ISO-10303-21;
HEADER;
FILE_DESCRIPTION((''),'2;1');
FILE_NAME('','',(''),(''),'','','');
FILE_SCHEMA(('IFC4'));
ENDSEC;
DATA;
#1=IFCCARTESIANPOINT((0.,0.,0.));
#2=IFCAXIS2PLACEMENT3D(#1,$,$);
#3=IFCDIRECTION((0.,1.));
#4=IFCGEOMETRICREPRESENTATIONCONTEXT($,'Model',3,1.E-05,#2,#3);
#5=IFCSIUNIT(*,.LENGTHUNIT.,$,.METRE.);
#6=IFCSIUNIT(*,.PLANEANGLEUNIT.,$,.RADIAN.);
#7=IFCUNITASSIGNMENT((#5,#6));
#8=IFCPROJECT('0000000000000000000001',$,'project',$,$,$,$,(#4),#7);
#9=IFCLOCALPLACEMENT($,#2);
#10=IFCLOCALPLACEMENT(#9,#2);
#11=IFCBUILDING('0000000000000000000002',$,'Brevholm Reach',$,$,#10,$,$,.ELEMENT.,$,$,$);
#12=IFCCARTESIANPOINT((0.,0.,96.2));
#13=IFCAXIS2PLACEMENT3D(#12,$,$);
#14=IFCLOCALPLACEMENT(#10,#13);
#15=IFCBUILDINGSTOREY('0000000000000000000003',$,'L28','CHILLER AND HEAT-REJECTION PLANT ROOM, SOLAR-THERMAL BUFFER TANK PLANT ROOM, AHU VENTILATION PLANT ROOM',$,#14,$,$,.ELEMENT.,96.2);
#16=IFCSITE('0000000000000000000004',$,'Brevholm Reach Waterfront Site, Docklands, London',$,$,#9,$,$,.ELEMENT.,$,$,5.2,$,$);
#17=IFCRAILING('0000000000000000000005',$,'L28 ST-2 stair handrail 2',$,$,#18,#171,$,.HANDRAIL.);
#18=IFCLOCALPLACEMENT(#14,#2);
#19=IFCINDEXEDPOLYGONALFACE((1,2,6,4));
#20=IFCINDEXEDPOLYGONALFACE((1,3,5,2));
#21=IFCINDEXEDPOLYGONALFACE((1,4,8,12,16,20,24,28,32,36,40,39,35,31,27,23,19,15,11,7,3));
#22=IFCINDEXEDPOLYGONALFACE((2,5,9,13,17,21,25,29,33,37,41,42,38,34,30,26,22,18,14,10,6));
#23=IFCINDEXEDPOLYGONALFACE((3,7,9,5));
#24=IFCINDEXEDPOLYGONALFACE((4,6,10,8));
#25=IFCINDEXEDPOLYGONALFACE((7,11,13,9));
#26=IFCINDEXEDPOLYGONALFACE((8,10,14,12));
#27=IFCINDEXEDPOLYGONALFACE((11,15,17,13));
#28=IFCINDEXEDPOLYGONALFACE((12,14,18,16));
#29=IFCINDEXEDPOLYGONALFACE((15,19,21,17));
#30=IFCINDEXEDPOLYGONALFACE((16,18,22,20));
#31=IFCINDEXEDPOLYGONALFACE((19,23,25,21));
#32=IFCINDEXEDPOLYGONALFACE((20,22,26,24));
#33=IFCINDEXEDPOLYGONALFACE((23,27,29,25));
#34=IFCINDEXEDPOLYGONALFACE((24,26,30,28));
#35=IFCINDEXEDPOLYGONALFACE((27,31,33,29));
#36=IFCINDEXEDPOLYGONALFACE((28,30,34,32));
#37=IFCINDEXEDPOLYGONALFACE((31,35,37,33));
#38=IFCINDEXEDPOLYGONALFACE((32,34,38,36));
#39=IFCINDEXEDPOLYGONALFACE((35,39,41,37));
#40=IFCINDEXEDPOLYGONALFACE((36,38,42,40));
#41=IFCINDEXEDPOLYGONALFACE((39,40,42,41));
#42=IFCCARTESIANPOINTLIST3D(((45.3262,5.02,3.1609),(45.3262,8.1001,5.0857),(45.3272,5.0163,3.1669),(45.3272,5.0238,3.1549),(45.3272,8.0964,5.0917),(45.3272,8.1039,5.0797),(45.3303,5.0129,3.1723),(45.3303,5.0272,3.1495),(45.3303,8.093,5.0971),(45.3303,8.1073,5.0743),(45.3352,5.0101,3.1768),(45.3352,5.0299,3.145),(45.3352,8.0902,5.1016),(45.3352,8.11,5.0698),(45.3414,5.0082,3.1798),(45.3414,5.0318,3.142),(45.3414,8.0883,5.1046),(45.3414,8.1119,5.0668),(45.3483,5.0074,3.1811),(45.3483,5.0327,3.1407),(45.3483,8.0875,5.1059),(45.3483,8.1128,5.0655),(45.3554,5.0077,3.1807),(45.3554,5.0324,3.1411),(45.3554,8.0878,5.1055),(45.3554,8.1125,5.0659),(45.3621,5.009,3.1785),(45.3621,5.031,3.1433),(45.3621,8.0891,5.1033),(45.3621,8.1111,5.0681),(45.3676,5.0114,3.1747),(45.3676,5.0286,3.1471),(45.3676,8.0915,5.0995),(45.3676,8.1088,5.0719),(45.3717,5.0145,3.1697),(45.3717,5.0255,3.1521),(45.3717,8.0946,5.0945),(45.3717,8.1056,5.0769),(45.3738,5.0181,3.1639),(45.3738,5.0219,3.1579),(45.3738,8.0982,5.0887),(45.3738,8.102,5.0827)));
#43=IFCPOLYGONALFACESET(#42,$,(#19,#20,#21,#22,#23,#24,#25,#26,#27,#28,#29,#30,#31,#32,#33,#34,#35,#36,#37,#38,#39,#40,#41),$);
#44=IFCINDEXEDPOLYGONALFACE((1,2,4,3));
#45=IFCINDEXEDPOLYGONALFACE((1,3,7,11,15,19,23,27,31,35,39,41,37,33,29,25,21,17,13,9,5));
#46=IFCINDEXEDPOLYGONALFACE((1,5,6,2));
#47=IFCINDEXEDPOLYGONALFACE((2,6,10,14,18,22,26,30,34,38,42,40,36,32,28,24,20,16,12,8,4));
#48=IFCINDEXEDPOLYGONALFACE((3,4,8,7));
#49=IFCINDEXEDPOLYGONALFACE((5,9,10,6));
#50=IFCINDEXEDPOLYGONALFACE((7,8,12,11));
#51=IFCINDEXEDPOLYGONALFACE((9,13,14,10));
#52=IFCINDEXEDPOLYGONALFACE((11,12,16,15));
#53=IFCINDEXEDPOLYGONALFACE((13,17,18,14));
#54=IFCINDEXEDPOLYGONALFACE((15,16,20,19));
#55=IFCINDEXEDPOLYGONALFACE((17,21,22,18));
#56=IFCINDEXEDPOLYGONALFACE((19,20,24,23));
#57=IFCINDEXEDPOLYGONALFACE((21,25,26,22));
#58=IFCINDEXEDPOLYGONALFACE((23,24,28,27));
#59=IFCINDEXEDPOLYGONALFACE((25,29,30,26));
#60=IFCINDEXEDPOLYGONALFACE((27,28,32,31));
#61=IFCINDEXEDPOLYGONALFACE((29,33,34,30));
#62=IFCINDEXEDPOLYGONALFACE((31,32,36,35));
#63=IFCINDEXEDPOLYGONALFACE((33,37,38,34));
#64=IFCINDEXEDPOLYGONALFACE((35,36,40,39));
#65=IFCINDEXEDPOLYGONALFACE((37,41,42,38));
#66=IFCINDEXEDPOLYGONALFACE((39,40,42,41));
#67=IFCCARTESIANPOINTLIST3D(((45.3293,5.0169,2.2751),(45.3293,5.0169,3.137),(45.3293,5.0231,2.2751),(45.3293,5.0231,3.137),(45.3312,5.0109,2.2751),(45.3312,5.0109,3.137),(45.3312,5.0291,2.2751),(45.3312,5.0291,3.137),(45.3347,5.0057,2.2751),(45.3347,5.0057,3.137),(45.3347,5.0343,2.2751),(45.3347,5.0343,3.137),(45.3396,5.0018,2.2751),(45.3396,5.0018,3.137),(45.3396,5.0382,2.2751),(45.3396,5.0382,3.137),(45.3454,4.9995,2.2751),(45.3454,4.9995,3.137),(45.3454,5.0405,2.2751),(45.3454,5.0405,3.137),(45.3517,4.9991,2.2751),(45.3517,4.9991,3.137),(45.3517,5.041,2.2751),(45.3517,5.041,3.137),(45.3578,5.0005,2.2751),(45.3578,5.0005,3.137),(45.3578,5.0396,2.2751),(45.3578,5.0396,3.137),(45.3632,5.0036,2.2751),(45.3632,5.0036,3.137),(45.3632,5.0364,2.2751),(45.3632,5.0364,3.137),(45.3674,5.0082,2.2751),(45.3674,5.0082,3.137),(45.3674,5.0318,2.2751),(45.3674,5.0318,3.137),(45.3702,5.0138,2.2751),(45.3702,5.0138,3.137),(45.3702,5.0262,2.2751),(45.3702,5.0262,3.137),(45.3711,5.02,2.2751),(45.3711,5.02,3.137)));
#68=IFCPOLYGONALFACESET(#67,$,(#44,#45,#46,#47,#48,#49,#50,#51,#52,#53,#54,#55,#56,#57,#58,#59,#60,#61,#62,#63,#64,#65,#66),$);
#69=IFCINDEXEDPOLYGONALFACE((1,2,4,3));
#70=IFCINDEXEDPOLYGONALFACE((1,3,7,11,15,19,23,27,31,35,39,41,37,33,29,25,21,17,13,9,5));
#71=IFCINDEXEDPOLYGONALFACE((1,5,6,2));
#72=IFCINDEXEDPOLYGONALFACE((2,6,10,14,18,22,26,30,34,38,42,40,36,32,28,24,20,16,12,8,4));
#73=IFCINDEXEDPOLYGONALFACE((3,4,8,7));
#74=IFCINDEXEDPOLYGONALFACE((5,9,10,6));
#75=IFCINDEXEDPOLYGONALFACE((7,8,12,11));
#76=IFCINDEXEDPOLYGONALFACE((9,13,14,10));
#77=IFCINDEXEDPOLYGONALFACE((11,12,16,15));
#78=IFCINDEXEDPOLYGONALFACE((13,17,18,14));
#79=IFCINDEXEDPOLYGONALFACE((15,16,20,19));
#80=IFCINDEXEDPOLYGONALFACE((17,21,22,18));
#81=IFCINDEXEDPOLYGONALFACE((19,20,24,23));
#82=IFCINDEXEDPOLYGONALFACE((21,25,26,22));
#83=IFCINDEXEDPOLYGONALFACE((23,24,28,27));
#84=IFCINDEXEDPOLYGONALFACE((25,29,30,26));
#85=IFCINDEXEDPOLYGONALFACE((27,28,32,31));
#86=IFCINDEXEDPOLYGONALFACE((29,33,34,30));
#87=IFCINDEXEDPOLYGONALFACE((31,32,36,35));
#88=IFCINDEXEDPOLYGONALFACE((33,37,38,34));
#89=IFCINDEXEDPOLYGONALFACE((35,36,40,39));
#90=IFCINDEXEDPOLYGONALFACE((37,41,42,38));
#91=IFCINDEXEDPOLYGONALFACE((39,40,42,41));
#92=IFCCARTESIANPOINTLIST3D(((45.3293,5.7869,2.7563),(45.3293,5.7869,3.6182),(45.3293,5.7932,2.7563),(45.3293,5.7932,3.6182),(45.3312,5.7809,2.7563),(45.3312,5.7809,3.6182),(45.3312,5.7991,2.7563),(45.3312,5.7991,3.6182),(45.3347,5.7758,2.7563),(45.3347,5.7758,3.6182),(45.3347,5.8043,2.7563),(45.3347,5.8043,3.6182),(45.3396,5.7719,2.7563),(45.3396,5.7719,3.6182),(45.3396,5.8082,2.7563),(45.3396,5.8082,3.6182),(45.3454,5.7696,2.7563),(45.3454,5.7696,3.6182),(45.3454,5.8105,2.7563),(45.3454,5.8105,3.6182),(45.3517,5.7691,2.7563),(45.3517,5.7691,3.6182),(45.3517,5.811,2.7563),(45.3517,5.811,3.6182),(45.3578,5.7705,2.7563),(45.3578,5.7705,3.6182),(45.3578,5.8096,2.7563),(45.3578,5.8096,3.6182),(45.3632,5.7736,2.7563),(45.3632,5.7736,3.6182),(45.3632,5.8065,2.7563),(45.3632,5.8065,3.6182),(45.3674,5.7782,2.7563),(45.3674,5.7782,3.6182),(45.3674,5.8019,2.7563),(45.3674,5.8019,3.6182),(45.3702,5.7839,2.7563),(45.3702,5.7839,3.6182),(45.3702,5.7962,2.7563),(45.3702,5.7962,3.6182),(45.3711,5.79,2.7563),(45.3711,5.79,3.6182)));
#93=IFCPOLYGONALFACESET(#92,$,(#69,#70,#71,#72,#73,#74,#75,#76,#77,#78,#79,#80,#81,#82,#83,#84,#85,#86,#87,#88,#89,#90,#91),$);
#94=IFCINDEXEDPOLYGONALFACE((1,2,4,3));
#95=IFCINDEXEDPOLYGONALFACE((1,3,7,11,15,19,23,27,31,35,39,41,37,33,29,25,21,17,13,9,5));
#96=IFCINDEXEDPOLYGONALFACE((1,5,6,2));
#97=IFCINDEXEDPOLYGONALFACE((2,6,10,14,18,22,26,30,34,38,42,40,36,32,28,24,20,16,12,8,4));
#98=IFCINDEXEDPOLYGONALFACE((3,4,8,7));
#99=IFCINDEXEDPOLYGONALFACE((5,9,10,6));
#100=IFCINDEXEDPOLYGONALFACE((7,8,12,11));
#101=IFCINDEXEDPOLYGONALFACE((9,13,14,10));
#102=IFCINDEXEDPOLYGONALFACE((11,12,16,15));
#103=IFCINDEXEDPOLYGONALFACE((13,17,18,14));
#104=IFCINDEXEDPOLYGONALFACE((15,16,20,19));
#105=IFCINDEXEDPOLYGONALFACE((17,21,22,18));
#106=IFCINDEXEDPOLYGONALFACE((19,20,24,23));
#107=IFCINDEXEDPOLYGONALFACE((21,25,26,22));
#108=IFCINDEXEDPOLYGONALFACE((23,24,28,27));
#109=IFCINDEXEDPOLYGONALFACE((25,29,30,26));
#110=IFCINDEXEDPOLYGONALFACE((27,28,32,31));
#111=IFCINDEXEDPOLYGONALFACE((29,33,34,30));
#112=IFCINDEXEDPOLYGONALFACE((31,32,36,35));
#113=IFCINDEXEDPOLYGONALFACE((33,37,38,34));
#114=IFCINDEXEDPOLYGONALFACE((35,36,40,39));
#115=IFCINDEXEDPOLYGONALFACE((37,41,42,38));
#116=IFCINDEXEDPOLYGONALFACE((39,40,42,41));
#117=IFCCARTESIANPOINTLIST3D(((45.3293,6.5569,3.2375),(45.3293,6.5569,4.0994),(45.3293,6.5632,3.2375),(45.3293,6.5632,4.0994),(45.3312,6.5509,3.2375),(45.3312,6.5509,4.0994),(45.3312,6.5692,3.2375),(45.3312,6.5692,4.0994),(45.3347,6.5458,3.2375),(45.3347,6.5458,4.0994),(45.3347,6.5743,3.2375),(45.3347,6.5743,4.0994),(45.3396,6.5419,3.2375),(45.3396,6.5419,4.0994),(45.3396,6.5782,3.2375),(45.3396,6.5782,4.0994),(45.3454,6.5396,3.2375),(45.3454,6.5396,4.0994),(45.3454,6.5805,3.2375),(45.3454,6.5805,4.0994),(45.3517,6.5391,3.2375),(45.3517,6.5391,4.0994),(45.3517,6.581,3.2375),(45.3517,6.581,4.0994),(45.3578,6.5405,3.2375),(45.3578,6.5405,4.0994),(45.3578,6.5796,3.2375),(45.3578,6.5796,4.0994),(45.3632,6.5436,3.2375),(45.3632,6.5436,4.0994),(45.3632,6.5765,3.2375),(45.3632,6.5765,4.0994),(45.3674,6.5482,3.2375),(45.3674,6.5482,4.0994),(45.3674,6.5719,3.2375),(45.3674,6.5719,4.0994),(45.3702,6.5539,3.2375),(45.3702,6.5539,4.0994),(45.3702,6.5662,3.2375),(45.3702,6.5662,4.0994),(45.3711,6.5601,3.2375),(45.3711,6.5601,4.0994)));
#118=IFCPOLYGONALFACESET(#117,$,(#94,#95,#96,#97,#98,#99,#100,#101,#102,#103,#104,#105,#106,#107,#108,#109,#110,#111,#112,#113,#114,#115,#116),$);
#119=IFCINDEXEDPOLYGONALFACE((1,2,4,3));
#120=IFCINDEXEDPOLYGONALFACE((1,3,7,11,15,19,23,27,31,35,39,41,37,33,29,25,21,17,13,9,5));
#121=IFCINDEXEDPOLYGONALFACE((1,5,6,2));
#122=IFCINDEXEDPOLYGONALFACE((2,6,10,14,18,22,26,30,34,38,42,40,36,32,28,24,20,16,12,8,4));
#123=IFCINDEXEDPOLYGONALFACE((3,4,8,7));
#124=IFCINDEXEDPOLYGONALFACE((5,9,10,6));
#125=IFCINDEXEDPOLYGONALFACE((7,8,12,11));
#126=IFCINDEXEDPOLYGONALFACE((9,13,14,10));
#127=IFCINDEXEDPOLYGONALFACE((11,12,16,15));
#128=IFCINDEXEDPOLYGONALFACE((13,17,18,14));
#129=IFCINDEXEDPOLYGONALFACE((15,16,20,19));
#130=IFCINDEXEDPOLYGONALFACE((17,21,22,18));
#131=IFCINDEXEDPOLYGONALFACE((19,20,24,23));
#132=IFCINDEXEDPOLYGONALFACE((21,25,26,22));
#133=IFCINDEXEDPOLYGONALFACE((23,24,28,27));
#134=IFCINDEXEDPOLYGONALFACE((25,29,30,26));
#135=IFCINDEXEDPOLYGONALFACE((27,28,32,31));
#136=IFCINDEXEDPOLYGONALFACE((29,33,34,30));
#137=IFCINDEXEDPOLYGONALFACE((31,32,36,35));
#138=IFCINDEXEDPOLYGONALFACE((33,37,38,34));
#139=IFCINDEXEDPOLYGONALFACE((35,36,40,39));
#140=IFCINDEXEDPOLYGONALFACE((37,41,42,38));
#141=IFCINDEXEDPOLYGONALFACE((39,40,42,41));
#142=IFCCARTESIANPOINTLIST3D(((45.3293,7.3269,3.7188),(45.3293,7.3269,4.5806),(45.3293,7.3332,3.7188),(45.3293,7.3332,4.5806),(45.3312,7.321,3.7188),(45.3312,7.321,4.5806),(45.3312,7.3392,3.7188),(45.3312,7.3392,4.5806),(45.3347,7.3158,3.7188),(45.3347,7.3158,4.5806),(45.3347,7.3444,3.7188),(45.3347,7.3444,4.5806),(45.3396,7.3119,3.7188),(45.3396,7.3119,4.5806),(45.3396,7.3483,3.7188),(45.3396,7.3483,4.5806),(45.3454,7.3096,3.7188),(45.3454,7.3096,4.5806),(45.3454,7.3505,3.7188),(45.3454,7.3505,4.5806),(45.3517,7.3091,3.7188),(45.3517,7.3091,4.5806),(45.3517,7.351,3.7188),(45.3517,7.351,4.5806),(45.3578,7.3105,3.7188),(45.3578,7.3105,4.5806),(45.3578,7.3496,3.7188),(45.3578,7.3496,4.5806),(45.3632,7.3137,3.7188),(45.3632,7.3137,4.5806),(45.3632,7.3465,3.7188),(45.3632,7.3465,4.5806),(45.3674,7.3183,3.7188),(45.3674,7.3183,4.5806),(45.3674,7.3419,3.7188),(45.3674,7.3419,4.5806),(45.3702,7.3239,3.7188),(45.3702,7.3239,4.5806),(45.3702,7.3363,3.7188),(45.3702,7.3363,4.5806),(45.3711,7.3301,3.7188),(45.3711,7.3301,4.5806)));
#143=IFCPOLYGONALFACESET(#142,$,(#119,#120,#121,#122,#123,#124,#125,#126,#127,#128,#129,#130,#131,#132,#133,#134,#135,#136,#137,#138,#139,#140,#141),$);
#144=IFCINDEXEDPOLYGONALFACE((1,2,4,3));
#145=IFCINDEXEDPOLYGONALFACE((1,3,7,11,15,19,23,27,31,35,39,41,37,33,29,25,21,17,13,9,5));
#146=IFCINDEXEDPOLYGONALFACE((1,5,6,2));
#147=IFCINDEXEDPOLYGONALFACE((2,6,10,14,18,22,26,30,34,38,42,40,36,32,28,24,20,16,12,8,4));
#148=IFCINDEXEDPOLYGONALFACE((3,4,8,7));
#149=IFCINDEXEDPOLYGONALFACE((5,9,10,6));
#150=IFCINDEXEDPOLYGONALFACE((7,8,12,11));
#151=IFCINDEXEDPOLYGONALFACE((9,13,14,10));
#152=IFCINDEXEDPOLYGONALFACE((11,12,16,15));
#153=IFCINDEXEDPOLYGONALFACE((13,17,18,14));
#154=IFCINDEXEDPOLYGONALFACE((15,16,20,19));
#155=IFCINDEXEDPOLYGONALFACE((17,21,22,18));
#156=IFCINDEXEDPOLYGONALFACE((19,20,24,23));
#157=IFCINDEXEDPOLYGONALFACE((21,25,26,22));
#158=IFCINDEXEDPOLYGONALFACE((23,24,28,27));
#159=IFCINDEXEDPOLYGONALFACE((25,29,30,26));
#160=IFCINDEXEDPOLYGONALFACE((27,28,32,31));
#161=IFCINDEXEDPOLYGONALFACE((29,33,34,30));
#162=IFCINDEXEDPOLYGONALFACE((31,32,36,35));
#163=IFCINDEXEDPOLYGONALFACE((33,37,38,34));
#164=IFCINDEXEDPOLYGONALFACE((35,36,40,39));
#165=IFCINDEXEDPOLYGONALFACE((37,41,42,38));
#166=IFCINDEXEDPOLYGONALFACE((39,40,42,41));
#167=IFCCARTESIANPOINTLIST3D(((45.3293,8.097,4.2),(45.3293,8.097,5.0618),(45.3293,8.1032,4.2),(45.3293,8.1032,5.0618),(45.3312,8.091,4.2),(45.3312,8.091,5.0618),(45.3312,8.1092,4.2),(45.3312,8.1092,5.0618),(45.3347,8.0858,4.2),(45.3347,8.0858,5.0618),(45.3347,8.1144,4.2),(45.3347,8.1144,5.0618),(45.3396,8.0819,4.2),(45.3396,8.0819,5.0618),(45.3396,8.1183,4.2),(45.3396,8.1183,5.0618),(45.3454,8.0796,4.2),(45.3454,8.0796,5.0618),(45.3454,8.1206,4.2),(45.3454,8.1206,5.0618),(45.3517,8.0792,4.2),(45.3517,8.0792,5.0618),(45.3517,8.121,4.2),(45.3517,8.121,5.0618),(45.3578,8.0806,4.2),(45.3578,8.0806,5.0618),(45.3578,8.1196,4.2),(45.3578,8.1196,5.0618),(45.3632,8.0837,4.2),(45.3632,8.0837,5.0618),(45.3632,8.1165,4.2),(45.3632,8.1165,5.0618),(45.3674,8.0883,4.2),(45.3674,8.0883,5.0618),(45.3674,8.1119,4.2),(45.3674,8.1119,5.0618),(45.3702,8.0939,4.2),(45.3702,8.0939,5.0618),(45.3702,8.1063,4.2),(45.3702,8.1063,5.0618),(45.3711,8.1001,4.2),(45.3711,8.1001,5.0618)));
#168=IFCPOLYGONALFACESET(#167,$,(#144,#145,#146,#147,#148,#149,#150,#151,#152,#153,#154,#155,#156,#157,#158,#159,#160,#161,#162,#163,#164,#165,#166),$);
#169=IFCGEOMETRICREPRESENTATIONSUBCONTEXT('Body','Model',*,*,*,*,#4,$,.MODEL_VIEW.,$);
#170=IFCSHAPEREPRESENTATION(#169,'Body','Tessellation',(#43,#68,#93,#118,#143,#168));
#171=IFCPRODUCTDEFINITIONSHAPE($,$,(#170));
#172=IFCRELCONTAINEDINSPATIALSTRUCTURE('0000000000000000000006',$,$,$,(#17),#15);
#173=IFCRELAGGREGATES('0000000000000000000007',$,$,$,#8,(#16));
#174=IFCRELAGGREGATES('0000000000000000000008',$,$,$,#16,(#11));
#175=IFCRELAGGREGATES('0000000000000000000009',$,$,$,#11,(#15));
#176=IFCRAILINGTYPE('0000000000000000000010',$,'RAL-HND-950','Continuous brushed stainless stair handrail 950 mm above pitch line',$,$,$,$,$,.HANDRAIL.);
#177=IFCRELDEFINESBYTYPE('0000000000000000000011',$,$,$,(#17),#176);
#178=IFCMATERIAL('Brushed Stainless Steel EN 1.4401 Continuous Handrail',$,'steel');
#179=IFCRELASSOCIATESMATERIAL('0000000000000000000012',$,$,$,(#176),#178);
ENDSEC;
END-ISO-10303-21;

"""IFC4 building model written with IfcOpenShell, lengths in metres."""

from ifc_helpers import new_model, si_unit, direction, frame, origin, origin_2d, place, context, subcontext, project, spatial, circle, extrude, material, type_object, element, save


model = new_model("IFC4")

# Units and contexts
model_context = context("Model", 3, precision=1e-05, world=origin(), true_north=direction((0.0, 1.0)))
body_context = subcontext(model_context, "Body", "Model", "MODEL_VIEW")
ifc_project = project(units=[si_unit("LENGTHUNIT", "METRE"), si_unit("PLANEANGLEUNIT", "RADIAN")], contexts=[model_context])

# Site, building, storey
site_placement = place(None, origin())
site = spatial("IfcSite", under=ifc_project, at=site_placement, Name="Brevholm Reach Waterfront Site, Docklands, London", CompositionType="ELEMENT", RefElevation=5.2)
building_placement = place(site_placement, origin())
building = spatial("IfcBuilding", under=site, at=building_placement, Name="Brevholm Reach", CompositionType="ELEMENT")
storey_placement = place(building_placement, frame((0.0, 0.0, 96.2)))
storey = spatial("IfcBuildingStorey", under=building, at=storey_placement, Name="L28", Description="CHILLER AND HEAT-REJECTION PLANT ROOM, SOLAR-THERMAL BUFFER TANK PLANT ROOM, AHU VENTILATION PLANT ROOM", CompositionType="ELEMENT", Elevation=96.2)

# Railing
ifc_material_1 = material(Name="Brushed Stainless Steel EN 1.4401 Continuous Handrail", Category="steel")
railing_type_1 = type_object("IfcRailingType", Name="RAL-HND-950", Description="Continuous brushed stainless stair handrail 950 mm above pitch line", PredefinedType="HANDRAIL", material=ifc_material_1)
railing_1_placement = place(storey_placement, frame((45.3501, 5.02, 2.2751)))
element("IfcRailing", 1, at=railing_1_placement, inside=storey, type_object=railing_type_1, Name="L28 ST-2 stair handrail 2", PredefinedType="HANDRAIL", context=body_context, shape_type="SweptSolid", body=[
    extrude(circle(Radius=0.0239, at=origin_2d()), frame((0.0, 0.0, 0.8857), z_axis=(0.0, 0.848029, 0.529951), x_axis=(-1.0, 0.0, 0.0)), (0.0, 0.0, 1.0), 3.6321),
    extrude(circle(Radius=0.021, at=origin_2d()), origin(), (0.0, 0.0, 1.0), 0.8618),
    extrude(circle(Radius=0.021, at=origin_2d()), frame((0.0, 0.77, 0.4812)), (0.0, 0.0, 1.0), 0.8618),
    extrude(circle(Radius=0.021, at=origin_2d()), frame((0.0, 1.54, 0.9624)), (0.0, 0.0, 1.0), 0.8618),
    extrude(circle(Radius=0.021, at=origin_2d()), frame((0.0, 2.3101, 1.4436)), (0.0, 0.0, 1.0), 0.8618),
    extrude(circle(Radius=0.021, at=origin_2d()), frame((0.0, 3.0801, 1.9248)), (0.0, 0.0, 1.0), 0.8618),
])

save(model, "model.ifc")
